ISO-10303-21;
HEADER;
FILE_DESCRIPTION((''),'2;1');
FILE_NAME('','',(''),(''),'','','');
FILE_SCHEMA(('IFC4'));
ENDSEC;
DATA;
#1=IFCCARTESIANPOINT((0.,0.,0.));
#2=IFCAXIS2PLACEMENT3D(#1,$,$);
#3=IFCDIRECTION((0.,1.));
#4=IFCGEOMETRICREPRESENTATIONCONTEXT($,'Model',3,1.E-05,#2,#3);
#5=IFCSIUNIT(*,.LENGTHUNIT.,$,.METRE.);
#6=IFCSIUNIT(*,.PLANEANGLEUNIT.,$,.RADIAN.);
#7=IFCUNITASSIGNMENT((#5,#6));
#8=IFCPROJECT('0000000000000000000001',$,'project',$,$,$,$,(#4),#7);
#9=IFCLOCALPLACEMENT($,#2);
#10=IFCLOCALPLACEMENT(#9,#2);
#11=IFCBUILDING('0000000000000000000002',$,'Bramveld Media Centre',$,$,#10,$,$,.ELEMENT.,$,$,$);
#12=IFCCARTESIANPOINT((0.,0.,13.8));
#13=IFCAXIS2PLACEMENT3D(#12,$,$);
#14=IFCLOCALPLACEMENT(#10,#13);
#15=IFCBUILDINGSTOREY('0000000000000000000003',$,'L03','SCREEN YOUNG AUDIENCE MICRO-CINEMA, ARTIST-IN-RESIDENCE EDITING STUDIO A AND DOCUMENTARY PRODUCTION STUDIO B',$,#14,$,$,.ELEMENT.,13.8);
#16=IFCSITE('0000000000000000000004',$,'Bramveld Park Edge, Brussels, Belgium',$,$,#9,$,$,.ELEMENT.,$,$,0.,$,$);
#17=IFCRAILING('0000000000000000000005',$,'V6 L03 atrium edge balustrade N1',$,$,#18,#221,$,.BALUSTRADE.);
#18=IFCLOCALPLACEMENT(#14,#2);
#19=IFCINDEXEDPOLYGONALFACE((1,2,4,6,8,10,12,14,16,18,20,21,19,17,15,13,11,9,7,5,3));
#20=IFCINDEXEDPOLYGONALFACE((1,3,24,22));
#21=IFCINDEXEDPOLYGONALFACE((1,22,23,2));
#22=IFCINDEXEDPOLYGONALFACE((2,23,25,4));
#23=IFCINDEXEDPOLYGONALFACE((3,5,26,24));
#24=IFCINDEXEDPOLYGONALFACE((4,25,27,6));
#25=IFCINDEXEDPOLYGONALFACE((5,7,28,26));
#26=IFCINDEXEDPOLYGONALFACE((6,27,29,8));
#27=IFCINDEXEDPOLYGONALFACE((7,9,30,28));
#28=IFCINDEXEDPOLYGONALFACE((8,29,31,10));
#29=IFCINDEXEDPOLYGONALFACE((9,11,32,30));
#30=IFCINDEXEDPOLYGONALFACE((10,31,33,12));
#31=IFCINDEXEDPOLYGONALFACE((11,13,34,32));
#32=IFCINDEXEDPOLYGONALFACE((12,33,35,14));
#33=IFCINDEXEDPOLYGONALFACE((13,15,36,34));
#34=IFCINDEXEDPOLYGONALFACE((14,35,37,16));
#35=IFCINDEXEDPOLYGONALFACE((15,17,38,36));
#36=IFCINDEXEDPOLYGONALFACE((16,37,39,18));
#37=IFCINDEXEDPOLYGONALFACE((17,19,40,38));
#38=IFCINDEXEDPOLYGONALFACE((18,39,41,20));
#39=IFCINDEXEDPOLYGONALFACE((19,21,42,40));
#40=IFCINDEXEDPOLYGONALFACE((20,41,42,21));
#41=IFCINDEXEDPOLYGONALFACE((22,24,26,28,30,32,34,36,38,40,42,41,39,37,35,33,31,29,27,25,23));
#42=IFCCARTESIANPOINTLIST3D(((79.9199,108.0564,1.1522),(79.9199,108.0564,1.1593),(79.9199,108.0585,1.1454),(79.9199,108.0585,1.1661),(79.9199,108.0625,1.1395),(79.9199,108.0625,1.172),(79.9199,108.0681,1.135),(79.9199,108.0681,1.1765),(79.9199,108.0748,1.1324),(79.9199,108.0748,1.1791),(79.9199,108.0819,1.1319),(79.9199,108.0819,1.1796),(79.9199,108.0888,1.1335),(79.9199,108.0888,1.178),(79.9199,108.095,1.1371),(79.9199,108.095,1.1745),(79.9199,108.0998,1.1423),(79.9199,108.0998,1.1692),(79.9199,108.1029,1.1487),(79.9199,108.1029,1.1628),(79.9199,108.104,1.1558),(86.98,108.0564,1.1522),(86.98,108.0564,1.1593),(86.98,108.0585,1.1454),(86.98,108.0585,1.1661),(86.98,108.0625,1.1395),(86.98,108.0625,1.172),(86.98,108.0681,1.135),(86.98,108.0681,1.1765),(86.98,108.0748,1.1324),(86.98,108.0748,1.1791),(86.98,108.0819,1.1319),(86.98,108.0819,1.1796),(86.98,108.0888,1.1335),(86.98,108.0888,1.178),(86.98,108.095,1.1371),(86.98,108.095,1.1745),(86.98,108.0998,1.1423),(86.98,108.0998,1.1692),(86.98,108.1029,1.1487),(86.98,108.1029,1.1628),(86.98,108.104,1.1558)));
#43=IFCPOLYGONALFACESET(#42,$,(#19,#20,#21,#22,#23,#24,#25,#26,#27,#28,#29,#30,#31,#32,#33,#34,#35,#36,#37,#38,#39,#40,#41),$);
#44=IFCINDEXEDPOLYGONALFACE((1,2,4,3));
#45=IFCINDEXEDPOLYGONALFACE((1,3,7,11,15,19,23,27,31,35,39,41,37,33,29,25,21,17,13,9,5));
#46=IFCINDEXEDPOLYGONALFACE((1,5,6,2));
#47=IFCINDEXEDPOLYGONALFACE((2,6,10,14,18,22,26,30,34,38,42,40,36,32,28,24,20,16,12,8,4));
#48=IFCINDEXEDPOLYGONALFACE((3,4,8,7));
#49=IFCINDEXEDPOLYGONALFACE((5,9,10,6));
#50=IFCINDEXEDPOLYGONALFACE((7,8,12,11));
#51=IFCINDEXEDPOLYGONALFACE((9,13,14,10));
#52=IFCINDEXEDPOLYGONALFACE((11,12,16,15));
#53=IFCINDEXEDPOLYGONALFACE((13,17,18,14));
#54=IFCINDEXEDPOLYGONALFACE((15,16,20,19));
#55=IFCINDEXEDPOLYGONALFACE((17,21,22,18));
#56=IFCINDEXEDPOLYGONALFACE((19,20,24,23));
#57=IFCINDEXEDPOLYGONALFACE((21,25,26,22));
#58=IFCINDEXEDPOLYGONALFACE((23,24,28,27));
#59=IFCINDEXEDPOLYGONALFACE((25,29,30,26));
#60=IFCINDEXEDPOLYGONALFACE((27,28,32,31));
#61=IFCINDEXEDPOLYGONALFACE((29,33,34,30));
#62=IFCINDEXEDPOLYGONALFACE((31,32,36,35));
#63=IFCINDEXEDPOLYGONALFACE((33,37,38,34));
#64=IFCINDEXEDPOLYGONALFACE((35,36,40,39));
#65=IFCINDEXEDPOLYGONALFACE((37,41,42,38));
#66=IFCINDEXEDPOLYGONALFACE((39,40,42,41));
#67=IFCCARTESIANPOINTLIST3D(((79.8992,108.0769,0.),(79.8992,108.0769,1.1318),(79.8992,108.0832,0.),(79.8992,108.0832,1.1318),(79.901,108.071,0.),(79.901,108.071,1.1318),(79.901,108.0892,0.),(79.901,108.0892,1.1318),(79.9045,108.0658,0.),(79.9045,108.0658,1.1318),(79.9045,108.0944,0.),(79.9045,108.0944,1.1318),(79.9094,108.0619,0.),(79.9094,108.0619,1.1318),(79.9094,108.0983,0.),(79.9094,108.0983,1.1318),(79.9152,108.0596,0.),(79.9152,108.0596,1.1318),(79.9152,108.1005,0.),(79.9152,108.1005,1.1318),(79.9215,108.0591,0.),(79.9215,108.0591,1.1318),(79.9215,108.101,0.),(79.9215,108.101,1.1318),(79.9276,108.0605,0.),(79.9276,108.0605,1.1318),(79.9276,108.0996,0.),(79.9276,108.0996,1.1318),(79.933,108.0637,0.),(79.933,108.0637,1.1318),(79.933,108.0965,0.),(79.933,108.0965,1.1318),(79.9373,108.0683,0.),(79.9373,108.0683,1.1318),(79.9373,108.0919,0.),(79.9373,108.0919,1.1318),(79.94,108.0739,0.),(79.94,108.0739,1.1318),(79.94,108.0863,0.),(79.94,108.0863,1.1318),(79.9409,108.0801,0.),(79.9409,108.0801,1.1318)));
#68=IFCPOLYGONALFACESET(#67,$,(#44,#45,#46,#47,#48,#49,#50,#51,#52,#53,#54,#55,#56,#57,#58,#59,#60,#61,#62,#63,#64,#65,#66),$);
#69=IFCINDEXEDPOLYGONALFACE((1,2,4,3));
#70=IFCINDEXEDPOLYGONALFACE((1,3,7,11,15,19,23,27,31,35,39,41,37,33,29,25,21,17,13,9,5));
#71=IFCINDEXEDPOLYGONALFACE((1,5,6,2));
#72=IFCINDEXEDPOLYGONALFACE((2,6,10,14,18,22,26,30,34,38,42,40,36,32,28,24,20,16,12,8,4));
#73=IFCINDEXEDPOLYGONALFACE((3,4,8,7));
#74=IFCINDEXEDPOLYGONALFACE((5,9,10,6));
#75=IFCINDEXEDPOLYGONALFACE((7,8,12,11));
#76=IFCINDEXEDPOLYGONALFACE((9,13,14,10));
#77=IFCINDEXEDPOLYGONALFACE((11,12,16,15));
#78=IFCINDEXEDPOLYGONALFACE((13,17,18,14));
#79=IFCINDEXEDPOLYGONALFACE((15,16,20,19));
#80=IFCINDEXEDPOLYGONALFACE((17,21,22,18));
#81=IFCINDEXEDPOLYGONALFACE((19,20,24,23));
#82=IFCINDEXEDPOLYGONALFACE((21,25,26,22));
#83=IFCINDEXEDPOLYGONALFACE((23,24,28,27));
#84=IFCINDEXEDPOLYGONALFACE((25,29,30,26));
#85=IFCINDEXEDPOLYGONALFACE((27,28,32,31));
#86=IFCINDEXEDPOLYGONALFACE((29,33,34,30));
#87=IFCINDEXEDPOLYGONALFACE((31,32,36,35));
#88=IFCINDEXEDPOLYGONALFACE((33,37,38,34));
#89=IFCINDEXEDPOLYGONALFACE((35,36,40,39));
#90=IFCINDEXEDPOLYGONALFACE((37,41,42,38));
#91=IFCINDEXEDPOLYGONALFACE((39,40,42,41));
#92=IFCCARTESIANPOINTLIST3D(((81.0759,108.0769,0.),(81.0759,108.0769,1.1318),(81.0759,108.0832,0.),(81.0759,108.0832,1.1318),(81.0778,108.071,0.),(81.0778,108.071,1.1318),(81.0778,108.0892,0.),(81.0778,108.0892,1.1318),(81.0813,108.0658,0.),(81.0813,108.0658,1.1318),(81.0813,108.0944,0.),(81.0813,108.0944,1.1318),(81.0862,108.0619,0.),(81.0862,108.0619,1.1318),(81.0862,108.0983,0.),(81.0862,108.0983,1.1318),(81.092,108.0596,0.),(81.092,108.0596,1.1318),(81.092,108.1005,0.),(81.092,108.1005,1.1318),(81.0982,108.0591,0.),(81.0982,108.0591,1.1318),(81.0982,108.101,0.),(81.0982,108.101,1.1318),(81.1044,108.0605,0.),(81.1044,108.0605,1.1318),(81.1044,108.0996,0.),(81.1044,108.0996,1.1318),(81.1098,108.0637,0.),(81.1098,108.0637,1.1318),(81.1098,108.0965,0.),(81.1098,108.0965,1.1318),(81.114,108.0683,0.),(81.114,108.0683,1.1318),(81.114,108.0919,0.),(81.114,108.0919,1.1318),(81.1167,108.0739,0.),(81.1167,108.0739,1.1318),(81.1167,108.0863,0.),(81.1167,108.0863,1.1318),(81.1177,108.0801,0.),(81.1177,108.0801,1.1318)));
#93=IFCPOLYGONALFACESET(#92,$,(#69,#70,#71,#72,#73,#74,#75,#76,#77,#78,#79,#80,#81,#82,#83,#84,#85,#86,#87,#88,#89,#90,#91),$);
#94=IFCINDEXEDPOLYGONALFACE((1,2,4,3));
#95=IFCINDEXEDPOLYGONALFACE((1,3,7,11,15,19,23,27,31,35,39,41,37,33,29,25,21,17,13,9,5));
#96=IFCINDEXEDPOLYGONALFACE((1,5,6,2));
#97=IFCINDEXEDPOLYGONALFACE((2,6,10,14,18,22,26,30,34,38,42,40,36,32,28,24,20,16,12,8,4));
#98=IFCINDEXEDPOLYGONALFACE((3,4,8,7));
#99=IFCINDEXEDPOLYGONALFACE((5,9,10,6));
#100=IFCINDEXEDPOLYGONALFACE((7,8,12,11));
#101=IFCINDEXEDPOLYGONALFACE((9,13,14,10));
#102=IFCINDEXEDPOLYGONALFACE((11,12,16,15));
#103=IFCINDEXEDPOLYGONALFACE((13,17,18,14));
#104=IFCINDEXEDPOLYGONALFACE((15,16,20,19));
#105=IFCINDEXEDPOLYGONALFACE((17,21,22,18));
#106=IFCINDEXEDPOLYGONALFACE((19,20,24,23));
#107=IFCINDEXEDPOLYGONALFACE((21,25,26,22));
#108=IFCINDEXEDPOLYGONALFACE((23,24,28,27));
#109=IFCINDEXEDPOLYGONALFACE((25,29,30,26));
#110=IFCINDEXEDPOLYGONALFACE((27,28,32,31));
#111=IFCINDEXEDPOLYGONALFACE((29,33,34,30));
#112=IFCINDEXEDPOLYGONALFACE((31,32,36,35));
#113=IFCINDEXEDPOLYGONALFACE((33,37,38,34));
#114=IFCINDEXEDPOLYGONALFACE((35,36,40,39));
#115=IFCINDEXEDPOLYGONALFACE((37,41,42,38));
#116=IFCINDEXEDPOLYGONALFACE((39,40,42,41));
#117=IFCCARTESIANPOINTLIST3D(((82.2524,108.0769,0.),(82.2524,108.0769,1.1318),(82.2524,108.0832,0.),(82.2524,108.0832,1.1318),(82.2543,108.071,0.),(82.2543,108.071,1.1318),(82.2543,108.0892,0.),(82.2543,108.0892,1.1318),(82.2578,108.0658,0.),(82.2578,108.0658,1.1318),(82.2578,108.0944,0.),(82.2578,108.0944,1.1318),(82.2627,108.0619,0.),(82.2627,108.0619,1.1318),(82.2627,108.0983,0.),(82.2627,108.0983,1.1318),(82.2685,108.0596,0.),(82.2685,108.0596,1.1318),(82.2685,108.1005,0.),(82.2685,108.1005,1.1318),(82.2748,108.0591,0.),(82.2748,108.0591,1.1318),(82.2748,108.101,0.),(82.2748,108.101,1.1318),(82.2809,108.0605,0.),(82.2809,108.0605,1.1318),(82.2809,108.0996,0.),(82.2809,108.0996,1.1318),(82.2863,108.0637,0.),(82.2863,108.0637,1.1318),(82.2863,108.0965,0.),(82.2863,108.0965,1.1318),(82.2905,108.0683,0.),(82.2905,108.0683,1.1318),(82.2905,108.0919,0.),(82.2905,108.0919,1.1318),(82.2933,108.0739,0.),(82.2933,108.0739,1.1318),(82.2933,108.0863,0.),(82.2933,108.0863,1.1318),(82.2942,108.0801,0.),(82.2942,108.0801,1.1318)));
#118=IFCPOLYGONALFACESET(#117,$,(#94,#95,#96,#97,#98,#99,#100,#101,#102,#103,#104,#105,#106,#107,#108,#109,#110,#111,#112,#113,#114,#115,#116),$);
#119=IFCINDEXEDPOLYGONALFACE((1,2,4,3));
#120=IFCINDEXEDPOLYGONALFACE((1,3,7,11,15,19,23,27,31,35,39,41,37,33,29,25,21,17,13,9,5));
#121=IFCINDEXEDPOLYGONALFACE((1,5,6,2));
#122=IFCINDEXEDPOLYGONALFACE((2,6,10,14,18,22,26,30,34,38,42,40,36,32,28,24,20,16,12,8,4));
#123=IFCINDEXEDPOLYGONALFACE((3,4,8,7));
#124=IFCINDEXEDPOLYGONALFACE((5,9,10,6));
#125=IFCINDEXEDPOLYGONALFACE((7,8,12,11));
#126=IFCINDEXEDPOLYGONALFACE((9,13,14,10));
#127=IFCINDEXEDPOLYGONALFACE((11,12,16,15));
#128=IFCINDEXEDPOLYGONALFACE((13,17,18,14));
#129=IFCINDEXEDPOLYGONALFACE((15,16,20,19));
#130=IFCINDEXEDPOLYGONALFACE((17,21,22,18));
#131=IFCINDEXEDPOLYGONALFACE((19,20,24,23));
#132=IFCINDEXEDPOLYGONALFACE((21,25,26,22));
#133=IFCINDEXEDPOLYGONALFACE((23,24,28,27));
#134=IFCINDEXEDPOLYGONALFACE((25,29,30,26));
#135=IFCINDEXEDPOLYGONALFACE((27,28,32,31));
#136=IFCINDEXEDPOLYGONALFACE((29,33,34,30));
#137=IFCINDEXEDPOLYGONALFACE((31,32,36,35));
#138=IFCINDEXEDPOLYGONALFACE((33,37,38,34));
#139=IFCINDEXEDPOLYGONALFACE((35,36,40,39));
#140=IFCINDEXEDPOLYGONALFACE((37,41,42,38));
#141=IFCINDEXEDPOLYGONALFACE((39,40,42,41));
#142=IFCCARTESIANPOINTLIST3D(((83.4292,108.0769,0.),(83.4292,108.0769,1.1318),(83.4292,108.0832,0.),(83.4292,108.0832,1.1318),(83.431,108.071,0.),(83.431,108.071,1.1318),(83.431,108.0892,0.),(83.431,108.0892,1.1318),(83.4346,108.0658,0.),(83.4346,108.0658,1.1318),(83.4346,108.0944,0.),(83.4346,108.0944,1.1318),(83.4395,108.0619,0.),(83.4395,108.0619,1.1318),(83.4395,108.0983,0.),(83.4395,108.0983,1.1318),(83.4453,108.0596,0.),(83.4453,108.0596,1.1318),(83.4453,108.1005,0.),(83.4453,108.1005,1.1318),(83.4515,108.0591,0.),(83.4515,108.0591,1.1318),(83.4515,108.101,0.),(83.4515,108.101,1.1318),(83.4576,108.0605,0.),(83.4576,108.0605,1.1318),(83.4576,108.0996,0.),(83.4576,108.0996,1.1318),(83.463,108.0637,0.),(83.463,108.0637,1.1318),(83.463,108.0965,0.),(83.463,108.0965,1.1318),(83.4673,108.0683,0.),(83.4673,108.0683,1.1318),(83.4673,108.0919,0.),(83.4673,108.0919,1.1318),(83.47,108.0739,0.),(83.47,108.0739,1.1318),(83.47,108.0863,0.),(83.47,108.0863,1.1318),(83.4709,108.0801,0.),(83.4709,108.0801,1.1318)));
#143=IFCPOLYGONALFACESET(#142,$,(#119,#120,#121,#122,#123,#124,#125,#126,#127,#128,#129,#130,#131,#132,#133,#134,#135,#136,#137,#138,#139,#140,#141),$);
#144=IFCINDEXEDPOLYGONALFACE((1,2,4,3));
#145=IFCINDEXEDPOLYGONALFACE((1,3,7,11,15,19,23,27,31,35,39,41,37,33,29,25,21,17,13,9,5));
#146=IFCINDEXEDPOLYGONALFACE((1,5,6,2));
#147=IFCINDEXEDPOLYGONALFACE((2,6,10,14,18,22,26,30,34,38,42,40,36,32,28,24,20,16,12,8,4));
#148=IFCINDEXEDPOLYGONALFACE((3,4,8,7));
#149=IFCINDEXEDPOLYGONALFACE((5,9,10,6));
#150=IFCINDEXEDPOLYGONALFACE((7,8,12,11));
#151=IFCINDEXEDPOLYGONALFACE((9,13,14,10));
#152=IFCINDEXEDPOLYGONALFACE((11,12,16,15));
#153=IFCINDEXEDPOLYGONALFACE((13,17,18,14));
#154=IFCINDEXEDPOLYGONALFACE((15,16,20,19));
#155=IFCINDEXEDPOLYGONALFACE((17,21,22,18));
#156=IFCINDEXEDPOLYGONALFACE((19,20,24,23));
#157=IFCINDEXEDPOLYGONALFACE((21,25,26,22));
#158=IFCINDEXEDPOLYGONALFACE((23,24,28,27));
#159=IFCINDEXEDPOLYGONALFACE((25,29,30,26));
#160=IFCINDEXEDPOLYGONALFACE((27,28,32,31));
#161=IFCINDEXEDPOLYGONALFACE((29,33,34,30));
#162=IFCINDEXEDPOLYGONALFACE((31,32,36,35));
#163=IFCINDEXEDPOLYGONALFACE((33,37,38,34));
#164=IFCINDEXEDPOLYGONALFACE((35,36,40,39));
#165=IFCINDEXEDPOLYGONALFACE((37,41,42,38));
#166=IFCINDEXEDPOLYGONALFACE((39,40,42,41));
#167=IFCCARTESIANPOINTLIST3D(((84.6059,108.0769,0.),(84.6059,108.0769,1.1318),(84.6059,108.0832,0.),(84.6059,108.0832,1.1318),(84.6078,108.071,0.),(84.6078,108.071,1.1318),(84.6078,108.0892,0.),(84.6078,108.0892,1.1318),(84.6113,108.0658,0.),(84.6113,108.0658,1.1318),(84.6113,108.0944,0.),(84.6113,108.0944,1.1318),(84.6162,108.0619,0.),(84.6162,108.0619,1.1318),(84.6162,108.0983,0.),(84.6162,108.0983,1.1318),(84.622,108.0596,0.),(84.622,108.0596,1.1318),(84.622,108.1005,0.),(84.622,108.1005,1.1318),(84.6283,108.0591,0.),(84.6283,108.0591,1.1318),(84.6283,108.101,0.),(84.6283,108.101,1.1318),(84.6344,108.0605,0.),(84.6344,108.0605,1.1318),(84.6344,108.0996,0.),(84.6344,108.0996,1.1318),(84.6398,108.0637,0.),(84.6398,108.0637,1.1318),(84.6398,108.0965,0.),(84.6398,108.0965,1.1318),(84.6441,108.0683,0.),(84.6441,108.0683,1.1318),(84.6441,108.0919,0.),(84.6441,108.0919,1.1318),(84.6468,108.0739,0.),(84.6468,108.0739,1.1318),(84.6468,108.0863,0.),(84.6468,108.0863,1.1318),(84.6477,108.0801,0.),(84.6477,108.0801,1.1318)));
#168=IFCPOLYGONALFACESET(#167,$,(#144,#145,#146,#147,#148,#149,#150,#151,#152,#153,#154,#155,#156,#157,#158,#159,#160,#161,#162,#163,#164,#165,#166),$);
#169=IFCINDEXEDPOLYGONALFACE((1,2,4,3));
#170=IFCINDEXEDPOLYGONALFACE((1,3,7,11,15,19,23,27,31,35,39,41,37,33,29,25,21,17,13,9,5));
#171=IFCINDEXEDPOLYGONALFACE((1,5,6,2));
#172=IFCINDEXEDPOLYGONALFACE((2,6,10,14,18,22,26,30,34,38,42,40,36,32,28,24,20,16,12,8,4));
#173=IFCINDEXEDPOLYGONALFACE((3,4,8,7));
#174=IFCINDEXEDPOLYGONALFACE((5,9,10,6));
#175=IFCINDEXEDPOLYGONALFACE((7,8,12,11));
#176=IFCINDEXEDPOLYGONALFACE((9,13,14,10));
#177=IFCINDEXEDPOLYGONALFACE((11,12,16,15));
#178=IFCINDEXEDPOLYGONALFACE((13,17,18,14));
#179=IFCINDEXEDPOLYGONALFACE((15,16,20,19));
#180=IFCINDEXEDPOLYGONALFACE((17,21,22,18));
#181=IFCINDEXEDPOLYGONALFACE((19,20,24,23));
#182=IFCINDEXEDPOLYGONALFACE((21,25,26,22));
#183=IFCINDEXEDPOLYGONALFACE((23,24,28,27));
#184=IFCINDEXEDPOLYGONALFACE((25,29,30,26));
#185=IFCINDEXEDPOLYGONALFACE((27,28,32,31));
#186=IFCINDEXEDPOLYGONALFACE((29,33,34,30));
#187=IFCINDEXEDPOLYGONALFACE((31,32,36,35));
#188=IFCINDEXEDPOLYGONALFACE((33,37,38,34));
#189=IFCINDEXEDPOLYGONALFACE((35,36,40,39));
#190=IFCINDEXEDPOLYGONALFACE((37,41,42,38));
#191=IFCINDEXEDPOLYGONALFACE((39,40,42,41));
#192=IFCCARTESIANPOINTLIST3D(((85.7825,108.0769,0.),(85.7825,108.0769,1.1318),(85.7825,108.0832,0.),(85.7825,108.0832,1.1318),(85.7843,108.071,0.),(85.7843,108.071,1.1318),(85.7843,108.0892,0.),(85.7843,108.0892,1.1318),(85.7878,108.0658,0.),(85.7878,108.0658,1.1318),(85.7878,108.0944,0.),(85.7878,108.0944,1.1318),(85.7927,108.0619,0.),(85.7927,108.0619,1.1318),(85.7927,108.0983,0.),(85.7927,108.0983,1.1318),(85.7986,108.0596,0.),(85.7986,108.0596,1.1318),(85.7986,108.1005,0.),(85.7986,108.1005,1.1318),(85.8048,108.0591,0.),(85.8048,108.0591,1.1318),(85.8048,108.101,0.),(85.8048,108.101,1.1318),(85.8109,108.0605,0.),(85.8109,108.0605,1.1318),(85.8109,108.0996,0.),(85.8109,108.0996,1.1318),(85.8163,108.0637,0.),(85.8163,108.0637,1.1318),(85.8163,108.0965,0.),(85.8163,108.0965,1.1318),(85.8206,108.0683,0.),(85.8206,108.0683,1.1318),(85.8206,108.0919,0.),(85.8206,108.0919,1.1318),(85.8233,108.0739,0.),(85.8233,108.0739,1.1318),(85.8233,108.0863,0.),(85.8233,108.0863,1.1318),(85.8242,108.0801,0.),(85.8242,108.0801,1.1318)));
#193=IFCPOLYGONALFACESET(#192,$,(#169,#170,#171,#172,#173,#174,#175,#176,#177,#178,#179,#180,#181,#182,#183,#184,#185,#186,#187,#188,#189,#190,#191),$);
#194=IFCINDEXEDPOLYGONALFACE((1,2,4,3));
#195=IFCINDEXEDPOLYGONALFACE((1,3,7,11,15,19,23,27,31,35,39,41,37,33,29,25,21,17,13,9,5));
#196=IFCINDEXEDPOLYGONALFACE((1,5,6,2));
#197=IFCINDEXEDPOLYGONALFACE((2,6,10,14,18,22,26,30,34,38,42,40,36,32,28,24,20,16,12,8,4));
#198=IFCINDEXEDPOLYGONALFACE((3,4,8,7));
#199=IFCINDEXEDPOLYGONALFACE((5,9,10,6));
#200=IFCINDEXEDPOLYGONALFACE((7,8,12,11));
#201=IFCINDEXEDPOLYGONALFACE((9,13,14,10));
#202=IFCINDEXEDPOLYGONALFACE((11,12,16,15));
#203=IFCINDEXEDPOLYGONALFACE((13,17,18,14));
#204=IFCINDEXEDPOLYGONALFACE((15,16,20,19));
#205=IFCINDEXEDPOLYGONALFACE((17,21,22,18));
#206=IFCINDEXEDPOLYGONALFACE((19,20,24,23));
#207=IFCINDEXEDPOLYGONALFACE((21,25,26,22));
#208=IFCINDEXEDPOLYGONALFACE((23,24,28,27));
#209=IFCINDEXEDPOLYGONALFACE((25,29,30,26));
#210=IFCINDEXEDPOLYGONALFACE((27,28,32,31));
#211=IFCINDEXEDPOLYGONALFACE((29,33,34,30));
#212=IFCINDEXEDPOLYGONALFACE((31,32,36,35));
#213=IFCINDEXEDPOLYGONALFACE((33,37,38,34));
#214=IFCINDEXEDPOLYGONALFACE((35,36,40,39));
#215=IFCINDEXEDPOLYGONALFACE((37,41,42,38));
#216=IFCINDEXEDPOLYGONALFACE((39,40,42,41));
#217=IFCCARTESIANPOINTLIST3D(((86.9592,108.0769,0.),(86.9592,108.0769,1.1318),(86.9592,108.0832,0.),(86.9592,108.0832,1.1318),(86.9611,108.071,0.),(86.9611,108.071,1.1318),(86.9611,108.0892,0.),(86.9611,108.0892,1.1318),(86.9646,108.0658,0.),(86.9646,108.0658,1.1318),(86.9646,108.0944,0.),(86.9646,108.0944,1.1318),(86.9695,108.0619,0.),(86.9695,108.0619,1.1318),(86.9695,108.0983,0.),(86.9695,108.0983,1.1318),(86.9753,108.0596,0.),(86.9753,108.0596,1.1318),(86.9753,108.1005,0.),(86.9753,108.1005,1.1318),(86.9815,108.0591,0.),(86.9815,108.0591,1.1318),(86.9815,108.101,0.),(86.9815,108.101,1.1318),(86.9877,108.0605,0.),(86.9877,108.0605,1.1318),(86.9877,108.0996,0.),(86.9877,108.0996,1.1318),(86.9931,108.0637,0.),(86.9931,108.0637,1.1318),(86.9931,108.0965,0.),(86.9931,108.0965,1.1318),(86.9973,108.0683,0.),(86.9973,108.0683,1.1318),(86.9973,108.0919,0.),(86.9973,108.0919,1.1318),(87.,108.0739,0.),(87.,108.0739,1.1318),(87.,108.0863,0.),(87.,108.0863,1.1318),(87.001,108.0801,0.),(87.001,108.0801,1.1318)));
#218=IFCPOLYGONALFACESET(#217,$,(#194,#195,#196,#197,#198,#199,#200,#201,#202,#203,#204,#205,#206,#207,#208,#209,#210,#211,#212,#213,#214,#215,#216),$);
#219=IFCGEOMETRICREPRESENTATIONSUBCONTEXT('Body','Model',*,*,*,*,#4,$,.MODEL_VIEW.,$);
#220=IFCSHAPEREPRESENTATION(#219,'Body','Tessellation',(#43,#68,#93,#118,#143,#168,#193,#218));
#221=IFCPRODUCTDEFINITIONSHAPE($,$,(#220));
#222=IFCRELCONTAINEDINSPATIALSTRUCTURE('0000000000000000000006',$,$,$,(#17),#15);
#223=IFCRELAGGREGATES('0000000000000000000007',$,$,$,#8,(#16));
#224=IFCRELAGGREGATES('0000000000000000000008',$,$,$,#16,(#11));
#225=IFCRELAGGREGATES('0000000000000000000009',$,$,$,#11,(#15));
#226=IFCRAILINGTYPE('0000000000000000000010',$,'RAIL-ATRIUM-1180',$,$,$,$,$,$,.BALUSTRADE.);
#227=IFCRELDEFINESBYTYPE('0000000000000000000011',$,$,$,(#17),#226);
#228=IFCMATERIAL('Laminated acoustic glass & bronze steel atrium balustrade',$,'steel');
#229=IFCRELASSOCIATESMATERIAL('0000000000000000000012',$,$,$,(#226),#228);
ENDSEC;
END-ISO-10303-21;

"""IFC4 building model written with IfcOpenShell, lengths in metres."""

from ifc_helpers import new_model, si_unit, direction, frame, origin, origin_2d, place, context, subcontext, project, spatial, circle, extrude, material, type_object, element, save


model = new_model("IFC4")

# Units and contexts
model_context = context("Model", 3, precision=1e-05, world=origin(), true_north=direction((0.0, 1.0)))
body_context = subcontext(model_context, "Body", "Model", "MODEL_VIEW")
ifc_project = project(units=[si_unit("LENGTHUNIT", "METRE"), si_unit("PLANEANGLEUNIT", "RADIAN")], contexts=[model_context])

# Site, building, storey
site_placement = place(None, origin())
site = spatial("IfcSite", under=ifc_project, at=site_placement, Name="Bramveld Park Edge, Brussels, Belgium", CompositionType="ELEMENT", RefElevation=0.0)
building_placement = place(site_placement, origin())
building = spatial("IfcBuilding", under=site, at=building_placement, Name="Bramveld Media Centre", CompositionType="ELEMENT")
storey_placement = place(building_placement, frame((0.0, 0.0, 13.8)))
storey = spatial("IfcBuildingStorey", under=building, at=storey_placement, Name="L03", Description="SCREEN YOUNG AUDIENCE MICRO-CINEMA, ARTIST-IN-RESIDENCE EDITING STUDIO A AND DOCUMENTARY PRODUCTION STUDIO B", CompositionType="ELEMENT", Elevation=13.8)

# Railing
ifc_material_1 = material(Name="Laminated acoustic glass & bronze steel atrium balustrade", Category="steel")
railing_type = type_object("IfcRailingType", Name="RAIL-ATRIUM-1180", PredefinedType="BALUSTRADE", material=ifc_material_1)
railing_placement = place(storey_placement, frame((79.9199, 108.0801, 0.0)))
element("IfcRailing", 1, at=railing_placement, inside=storey, type_object=railing_type, Name="V6 L03 atrium edge balustrade N1", PredefinedType="BALUSTRADE", context=body_context, shape_type="SweptSolid", body=[
    extrude(circle(Radius=0.0239, at=origin_2d()), frame((0.0, 0.0, 1.1558), z_axis=(1.0, 0.0, 0.0), x_axis=(0.0, 1.0, 0.0)), (0.0, 0.0, 1.0), 7.0601),
    extrude(circle(Radius=0.021, at=origin_2d()), origin(), (0.0, 0.0, 1.0), 1.1318),
    extrude(circle(Radius=0.021, at=origin_2d()), frame((1.1768, 0.0, 0.0)), (0.0, 0.0, 1.0), 1.1318),
    extrude(circle(Radius=0.021, at=origin_2d()), frame((2.3533, 0.0, 0.0)), (0.0, 0.0, 1.0), 1.1318),
    extrude(circle(Radius=0.021, at=origin_2d()), frame((3.53, 0.0, 0.0)), (0.0, 0.0, 1.0), 1.1318),
    extrude(circle(Radius=0.021, at=origin_2d()), frame((4.7068, 0.0, 0.0)), (0.0, 0.0, 1.0), 1.1318),
    extrude(circle(Radius=0.021, at=origin_2d()), frame((5.8833, 0.0, 0.0)), (0.0, 0.0, 1.0), 1.1318),
    extrude(circle(Radius=0.021, at=origin_2d()), frame((7.0601, 0.0, 0.0)), (0.0, 0.0, 1.0), 1.1318),
])

save(model, "model.ifc")
